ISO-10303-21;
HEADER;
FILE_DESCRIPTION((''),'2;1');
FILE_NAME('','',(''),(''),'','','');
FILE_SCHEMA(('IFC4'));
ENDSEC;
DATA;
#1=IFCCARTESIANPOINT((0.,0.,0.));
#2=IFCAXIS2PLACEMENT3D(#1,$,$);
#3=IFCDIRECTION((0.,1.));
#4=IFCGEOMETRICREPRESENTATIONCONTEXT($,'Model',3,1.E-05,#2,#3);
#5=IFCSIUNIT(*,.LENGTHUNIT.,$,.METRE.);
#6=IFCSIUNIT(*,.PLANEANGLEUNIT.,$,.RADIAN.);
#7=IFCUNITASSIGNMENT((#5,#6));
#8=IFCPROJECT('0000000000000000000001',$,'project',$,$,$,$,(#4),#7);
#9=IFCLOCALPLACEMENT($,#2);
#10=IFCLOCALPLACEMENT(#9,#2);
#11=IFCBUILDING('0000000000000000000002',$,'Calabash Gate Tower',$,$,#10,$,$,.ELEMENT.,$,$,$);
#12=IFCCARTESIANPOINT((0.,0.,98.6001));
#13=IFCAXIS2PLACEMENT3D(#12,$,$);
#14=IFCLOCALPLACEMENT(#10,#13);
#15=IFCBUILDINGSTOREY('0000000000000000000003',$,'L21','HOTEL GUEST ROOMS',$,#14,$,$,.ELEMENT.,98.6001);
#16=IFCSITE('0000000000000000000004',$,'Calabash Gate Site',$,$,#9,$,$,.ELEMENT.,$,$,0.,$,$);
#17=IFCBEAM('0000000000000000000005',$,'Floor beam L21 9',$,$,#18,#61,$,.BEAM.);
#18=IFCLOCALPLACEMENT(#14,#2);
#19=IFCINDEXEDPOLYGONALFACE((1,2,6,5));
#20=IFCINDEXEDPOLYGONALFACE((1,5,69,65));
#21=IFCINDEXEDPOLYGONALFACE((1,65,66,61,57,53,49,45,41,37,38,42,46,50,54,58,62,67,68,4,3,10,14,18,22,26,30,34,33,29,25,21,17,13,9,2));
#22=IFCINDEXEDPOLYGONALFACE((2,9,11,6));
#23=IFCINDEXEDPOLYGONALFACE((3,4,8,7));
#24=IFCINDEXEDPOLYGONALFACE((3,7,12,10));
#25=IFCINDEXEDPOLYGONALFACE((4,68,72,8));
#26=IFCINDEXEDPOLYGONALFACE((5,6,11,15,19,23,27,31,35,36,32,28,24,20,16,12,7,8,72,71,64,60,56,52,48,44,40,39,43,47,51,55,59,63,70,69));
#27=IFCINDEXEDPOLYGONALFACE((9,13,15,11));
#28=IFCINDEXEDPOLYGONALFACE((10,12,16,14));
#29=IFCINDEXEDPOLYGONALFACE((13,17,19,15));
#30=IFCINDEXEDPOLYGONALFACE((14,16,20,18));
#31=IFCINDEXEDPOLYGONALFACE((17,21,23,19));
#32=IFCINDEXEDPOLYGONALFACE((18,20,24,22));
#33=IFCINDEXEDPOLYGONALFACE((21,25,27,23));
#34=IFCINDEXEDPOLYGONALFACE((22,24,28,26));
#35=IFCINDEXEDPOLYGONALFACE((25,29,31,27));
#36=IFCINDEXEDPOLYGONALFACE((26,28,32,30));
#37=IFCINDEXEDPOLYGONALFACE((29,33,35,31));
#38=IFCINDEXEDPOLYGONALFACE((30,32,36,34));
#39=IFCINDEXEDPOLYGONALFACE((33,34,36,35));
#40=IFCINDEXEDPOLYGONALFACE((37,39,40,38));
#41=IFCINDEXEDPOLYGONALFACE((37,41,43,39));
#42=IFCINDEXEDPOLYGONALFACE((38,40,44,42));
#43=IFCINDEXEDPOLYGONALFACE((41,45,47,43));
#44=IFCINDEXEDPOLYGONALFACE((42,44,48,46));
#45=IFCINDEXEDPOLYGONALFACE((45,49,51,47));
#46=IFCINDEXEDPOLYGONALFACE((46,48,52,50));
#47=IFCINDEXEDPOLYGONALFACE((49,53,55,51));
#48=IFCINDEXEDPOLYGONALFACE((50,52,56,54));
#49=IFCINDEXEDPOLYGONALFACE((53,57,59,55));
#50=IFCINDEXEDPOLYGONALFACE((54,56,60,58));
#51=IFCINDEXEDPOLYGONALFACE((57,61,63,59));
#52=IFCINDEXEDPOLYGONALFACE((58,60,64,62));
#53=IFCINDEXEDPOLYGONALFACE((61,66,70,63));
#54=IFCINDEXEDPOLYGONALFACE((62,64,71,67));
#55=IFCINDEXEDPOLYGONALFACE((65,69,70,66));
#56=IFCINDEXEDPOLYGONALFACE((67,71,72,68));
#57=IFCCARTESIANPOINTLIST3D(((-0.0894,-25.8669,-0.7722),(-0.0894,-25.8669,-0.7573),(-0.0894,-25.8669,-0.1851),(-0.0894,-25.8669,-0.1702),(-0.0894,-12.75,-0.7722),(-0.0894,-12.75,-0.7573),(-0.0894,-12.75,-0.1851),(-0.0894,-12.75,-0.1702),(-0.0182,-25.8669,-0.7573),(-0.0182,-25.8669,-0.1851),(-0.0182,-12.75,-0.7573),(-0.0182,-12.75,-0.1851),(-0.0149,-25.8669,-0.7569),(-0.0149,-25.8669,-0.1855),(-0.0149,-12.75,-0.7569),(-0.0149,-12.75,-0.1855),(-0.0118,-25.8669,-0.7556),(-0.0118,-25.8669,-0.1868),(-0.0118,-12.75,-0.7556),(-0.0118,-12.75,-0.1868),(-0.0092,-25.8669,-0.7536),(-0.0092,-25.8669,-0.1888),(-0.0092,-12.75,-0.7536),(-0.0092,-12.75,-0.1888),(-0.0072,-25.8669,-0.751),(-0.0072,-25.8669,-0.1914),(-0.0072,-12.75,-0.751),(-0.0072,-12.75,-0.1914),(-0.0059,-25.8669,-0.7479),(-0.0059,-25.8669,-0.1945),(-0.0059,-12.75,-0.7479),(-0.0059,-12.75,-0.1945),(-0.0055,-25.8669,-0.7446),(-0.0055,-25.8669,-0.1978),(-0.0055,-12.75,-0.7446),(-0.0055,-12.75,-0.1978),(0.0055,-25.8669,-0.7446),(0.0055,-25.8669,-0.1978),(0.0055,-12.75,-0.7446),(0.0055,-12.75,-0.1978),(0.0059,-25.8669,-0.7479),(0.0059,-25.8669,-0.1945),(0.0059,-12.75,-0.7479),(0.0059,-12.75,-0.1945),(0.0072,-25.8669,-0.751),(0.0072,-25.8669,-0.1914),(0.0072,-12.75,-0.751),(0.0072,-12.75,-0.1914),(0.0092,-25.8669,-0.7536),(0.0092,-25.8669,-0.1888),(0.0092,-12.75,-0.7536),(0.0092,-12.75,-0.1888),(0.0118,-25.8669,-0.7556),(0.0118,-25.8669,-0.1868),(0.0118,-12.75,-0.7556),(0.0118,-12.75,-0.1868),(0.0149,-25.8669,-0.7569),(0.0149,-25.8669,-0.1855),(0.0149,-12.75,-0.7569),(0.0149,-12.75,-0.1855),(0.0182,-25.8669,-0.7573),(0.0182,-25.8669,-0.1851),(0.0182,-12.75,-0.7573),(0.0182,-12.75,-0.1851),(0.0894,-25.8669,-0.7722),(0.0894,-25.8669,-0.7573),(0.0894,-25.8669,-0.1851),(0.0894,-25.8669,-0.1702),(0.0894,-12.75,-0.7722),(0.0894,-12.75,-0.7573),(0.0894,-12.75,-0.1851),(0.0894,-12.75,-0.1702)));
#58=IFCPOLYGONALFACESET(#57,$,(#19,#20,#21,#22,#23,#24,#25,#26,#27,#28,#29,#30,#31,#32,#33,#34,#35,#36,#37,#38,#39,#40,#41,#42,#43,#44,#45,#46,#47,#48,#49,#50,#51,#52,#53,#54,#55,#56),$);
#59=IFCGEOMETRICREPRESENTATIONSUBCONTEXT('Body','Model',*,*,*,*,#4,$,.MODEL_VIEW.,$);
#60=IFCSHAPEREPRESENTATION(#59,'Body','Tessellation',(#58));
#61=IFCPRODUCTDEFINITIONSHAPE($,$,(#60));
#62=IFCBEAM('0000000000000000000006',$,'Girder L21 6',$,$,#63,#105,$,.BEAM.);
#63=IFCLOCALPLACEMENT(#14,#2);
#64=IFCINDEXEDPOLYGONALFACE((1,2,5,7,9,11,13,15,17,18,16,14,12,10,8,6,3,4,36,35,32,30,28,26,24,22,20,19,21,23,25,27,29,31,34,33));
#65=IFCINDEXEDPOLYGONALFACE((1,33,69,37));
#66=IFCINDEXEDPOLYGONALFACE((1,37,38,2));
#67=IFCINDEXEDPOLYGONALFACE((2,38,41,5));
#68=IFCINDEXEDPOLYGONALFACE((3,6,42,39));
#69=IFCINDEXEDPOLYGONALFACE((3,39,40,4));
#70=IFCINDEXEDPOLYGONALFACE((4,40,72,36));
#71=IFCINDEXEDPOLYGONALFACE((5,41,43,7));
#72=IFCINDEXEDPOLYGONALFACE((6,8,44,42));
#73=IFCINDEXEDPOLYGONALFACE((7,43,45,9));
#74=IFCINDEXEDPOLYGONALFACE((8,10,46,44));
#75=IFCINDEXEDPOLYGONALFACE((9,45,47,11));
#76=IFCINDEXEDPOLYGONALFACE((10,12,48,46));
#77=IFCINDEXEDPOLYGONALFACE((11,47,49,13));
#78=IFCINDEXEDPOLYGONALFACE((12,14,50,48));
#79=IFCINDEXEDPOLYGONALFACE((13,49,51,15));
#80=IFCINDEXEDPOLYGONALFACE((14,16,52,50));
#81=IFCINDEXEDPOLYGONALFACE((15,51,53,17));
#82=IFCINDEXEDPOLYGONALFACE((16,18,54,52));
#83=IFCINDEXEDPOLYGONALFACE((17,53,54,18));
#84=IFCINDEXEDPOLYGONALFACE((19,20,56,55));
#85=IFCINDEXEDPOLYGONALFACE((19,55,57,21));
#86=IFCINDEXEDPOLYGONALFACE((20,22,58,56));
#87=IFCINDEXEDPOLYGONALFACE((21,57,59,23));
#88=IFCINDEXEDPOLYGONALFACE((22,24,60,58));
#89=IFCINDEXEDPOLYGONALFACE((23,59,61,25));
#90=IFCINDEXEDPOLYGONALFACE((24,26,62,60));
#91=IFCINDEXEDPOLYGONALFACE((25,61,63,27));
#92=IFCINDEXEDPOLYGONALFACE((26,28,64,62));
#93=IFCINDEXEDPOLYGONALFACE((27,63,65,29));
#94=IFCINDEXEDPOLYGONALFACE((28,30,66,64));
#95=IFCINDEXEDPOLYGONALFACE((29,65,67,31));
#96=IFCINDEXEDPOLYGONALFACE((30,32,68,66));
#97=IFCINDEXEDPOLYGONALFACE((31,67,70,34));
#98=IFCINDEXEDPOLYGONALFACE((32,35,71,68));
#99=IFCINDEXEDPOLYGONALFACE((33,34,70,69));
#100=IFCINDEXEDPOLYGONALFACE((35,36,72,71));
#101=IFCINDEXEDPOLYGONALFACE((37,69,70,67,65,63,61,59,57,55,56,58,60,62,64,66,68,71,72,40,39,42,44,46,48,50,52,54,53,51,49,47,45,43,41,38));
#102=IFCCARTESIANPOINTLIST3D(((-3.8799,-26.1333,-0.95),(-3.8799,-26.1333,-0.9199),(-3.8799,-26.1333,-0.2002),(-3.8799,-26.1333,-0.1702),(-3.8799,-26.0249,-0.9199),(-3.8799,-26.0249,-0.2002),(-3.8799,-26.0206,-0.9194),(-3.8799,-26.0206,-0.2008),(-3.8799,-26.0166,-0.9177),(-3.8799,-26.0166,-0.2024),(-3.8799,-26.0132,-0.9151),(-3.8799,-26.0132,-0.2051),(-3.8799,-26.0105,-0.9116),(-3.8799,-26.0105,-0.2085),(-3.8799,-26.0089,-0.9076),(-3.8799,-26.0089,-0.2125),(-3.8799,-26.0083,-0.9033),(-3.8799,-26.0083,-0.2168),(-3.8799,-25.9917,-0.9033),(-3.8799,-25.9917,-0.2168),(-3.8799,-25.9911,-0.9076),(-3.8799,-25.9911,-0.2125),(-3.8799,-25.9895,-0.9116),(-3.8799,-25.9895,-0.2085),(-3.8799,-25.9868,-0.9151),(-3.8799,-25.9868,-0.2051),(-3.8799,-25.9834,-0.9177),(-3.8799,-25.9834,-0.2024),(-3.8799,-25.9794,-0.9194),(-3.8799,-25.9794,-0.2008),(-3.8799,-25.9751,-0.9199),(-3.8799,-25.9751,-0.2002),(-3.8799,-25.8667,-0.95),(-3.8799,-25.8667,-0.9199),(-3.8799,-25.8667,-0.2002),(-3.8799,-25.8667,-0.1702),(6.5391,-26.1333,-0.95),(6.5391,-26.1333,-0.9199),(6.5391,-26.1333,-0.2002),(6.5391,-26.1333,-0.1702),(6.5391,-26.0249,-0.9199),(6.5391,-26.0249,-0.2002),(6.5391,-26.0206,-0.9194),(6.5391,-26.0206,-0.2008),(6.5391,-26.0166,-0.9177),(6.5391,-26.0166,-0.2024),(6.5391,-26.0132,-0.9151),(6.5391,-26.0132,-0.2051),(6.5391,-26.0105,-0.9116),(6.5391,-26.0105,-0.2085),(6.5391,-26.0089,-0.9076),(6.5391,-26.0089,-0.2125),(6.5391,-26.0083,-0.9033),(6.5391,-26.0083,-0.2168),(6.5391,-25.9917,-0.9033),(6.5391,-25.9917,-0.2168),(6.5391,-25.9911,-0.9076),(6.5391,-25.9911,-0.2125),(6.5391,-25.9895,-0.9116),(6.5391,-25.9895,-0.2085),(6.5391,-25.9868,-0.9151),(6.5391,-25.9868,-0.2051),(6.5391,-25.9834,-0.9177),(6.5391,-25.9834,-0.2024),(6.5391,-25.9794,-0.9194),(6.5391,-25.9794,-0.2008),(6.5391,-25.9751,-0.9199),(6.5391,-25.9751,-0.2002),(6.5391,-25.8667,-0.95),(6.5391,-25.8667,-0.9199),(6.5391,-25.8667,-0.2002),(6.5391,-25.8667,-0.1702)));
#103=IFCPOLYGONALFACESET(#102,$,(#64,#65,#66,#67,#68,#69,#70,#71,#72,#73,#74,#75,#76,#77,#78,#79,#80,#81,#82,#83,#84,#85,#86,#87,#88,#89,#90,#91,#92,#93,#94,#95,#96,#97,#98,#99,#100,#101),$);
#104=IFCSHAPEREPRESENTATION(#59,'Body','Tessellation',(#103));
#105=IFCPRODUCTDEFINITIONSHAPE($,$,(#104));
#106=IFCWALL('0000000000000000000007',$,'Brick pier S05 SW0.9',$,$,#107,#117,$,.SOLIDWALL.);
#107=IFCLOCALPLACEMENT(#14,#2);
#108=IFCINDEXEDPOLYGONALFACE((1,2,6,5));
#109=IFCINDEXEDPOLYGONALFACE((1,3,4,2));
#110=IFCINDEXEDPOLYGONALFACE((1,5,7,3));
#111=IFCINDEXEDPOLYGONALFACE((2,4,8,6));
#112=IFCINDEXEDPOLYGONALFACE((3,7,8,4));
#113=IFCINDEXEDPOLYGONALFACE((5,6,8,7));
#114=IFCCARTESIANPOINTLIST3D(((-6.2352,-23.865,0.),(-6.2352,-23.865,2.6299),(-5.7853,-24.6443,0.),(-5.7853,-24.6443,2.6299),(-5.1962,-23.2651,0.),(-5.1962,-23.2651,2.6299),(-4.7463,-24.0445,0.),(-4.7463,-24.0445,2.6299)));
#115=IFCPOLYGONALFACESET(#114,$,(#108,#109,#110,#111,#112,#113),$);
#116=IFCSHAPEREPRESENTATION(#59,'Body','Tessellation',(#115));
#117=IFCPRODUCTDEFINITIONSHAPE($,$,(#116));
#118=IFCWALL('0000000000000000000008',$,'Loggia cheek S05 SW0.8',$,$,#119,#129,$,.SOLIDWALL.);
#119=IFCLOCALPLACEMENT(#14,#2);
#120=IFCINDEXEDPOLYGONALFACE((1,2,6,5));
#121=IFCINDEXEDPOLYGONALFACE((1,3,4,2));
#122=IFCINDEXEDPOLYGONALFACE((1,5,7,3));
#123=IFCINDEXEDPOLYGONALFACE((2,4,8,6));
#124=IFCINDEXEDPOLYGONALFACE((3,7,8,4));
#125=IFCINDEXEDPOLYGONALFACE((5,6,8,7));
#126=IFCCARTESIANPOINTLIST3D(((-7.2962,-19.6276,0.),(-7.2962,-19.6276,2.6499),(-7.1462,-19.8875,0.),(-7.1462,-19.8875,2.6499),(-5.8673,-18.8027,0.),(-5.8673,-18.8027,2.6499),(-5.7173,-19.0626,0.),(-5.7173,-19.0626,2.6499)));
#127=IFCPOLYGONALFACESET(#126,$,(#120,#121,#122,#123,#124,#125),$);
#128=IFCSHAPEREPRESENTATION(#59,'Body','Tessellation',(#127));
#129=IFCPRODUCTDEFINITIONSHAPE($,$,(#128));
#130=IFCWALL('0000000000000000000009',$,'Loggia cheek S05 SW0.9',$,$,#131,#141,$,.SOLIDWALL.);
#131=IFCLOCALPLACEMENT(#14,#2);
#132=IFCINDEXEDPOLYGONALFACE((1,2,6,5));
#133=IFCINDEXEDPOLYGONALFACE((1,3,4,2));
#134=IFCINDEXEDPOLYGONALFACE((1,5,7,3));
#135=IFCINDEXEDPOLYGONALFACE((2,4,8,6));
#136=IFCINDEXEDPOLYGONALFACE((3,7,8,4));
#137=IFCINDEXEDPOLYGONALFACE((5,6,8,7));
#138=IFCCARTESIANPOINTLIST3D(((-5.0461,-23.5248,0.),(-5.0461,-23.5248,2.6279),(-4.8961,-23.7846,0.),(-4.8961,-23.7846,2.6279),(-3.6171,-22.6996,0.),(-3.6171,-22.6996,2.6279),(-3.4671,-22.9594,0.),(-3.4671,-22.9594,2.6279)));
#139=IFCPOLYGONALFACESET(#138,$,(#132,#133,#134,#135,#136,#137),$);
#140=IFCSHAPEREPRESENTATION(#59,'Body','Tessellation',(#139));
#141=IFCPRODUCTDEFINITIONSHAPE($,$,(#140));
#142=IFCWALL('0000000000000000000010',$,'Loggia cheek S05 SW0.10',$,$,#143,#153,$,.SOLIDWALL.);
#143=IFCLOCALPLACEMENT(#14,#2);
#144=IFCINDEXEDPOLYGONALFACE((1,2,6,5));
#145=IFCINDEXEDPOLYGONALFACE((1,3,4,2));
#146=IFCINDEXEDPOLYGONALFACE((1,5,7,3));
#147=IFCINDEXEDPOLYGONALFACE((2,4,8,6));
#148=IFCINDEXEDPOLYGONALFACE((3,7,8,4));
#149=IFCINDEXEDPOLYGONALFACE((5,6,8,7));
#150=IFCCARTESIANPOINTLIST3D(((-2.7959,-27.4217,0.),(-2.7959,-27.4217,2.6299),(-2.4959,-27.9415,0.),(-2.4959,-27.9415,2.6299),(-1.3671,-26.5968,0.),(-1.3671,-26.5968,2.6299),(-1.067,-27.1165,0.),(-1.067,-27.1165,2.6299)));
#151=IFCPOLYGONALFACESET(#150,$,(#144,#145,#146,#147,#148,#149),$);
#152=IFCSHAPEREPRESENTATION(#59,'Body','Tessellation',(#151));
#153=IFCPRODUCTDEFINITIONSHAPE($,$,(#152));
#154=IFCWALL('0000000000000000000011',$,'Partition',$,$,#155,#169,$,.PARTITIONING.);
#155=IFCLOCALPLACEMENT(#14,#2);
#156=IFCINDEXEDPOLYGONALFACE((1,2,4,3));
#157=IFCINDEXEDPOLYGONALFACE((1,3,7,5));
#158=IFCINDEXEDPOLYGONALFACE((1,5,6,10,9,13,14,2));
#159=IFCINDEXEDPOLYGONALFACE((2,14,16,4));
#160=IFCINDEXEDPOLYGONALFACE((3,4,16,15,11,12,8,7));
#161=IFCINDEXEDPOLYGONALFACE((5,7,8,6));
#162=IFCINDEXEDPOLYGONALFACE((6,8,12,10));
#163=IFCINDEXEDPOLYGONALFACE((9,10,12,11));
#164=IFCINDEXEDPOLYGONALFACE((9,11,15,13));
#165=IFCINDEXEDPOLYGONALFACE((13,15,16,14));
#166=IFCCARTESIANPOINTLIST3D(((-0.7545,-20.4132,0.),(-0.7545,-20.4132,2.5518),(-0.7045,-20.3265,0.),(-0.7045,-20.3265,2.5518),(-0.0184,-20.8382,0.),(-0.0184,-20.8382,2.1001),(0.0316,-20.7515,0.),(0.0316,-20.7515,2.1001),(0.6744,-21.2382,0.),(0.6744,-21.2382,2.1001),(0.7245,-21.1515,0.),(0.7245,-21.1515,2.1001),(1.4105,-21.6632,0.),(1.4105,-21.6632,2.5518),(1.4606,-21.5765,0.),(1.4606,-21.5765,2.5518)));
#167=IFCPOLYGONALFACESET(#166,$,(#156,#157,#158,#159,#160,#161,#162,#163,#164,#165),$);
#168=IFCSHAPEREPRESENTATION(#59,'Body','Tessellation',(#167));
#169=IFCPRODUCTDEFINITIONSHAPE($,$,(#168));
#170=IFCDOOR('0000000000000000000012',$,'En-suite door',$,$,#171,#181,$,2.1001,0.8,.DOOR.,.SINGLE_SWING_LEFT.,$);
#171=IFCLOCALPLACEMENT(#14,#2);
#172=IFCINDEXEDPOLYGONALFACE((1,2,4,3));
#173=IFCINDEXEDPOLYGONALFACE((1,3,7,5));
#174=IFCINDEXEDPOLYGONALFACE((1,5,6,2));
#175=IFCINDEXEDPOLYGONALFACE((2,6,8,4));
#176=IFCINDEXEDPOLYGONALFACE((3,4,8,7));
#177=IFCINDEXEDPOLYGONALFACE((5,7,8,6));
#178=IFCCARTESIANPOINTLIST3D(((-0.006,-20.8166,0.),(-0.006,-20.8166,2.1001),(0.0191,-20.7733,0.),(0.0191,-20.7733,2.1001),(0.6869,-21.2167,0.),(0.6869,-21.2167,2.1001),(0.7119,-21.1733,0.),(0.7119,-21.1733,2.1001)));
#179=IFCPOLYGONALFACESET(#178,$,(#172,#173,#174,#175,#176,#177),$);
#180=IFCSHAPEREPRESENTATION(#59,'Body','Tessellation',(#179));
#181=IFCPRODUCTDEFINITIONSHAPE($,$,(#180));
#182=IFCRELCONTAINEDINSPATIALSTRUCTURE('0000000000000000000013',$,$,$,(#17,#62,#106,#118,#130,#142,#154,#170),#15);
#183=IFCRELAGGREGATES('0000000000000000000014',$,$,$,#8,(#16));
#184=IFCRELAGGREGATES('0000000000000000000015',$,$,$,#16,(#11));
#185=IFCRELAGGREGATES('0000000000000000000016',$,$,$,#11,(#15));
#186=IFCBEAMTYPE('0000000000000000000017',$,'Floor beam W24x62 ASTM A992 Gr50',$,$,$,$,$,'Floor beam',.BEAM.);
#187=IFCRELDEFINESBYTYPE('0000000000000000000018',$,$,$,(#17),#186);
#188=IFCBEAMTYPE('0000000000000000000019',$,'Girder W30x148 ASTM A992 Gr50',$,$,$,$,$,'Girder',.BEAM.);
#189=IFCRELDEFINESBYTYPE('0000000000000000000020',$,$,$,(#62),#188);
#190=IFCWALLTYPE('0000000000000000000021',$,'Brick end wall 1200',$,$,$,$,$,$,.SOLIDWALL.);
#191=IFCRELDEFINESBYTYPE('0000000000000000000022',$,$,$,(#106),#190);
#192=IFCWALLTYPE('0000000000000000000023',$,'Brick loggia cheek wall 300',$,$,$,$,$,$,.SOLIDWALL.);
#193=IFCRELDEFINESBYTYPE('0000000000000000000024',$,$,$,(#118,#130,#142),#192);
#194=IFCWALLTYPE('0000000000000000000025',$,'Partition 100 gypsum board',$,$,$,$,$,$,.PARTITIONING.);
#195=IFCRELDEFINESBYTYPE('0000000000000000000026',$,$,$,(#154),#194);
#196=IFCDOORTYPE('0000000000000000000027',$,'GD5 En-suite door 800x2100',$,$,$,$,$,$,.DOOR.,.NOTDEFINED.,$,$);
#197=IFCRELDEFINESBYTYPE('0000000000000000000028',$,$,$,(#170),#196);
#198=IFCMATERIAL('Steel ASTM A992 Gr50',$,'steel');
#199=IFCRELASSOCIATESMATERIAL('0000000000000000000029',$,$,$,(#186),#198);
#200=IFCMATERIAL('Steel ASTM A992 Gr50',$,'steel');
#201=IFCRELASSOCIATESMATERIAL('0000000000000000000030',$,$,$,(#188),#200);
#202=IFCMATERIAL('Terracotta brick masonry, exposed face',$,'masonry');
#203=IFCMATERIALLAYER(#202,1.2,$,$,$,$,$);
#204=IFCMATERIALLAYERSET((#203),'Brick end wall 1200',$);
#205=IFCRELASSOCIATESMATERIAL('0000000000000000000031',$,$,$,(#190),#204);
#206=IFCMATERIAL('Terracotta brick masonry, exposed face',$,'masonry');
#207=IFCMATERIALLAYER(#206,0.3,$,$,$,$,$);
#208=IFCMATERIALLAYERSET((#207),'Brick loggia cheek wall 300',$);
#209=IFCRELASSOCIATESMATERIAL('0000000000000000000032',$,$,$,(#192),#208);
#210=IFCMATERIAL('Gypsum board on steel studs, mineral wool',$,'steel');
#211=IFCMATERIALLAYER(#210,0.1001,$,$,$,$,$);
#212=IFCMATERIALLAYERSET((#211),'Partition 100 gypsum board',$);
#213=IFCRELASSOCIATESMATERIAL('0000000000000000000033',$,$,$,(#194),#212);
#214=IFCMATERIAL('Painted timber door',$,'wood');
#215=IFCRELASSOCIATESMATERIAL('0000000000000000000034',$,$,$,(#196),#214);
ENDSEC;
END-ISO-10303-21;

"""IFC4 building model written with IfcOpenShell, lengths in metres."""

from ifc_helpers import new_model, si_unit, direction, frame, frame_2d, origin, origin_2d, place, context, subcontext, project, spatial, rectangle, i_section, extrude, material, layer, layer_set, material_profile, profile_set, type_object, element, fill, save


model = new_model("IFC4")

# Units and contexts
model_context = context("Model", 3, precision=1e-05, world=origin(), true_north=direction((0.0, 1.0)))
body_context = subcontext(model_context, "Body", "Model", "MODEL_VIEW")
ifc_project = project(units=[si_unit("LENGTHUNIT", "METRE"), si_unit("PLANEANGLEUNIT", "RADIAN")], contexts=[model_context])

# Site, building, storey
site_placement = place(None, origin())
site = spatial("IfcSite", under=ifc_project, at=site_placement, Name="Calabash Gate Site", CompositionType="ELEMENT", RefElevation=0.0)
building_placement = place(site_placement, origin())
building = spatial("IfcBuilding", under=site, at=building_placement, Name="Calabash Gate Tower", CompositionType="ELEMENT")
storey_placement = place(building_placement, frame((0.0, 0.0, 98.6001)))
storey = spatial("IfcBuildingStorey", under=building, at=storey_placement, Name="L21", Description="HOTEL GUEST ROOMS", CompositionType="ELEMENT", Elevation=98.6001)

# Beams
ifc_material_1 = material(Name="Steel ASTM A992 Gr50", Category="steel")
ifc_material_profile_1 = material_profile(ifc_material_1, i_section(OverallWidth=0.1787, OverallDepth=0.6021, WebThickness=0.011, FlangeThickness=0.0149, FilletRadius=0.0127, at=origin_2d()))
ifc_profile_set_1 = profile_set([ifc_material_profile_1], Name="Steel ASTM A992 Gr50")
beam_type_1 = type_object("IfcBeamType", Name="Floor beam W24x62 ASTM A992 Gr50", ElementType="Floor beam", PredefinedType="BEAM", material=ifc_profile_set_1)
beam_1_placement = place(storey_placement, frame((0.0, -25.8669, -0.4712), z_axis=(0.0, 1.0, 0.0), x_axis=(-1.0, 0.0, 0.0)))
element("IfcBeam", 1, at=beam_1_placement, inside=storey, type_object=beam_type_1, Name="Floor beam L21 9", PredefinedType="BEAM", context=body_context, shape_type="SweptSolid", body=[
    extrude(i_section(OverallWidth=0.1787, OverallDepth=0.6021, WebThickness=0.011, FlangeThickness=0.0149, FilletRadius=0.0127, at=origin_2d()), origin(), (0.0, 0.0, 1.0), 13.1169),
])
ifc_material_2 = material(Name="Steel ASTM A992 Gr50", Category="steel")
ifc_material_profile_2 = material_profile(ifc_material_2, i_section(OverallWidth=0.2666, OverallDepth=0.7798, WebThickness=0.0166, FlangeThickness=0.03, FilletRadius=0.0166, at=origin_2d()))
ifc_profile_set_2 = profile_set([ifc_material_profile_2], Name="Steel ASTM A992 Gr50")
beam_type_2 = type_object("IfcBeamType", Name="Girder W30x148 ASTM A992 Gr50", ElementType="Girder", PredefinedType="BEAM", material=ifc_profile_set_2)
beam_2_placement = place(storey_placement, frame((-3.8799, -26.0, -0.5601), z_axis=(1.0, 0.0, 0.0), x_axis=(0.0, 1.0, 0.0)))
element("IfcBeam", 2, at=beam_2_placement, inside=storey, type_object=beam_type_2, Name="Girder L21 6", PredefinedType="BEAM", context=body_context, shape_type="SweptSolid", body=[
    extrude(i_section(OverallWidth=0.2666, OverallDepth=0.7798, WebThickness=0.0166, FlangeThickness=0.03, FilletRadius=0.0166, at=origin_2d()), origin(), (0.0, 0.0, 1.0), 10.4189),
])

# Walls
ifc_material_3 = material(Name="Terracotta brick masonry, exposed face", Category="masonry")
ifc_layer_1 = layer(ifc_material_3, 1.2)
ifc_layer_set_1 = layer_set([ifc_layer_1], Name="Brick end wall 1200")
wall_type_1 = type_object("IfcWallType", Name="Brick end wall 1200", PredefinedType="SOLIDWALL", material=ifc_layer_set_1)
wall_1_placement = place(storey_placement, frame((-6.0103, -24.2546, 0.0), z_axis=(0.0, 0.0, 1.0), x_axis=(0.866043, 0.499969, 0.0)))
element("IfcWall", 3, at=wall_1_placement, inside=storey, type_object=wall_type_1, Name="Brick pier S05 SW0.9", PredefinedType="SOLIDWALL", context=body_context, shape_type="SweptSolid", body=[
    extrude(rectangle(XDim=1.1997, YDim=0.8999, at=frame_2d((0.5999, 0.0))), origin(), (0.0, 0.0, 1.0), 2.6299),
])
ifc_material_4 = material(Name="Terracotta brick masonry, exposed face", Category="masonry")
ifc_layer_2 = layer(ifc_material_4, 0.3)
ifc_layer_set_2 = layer_set([ifc_layer_2], Name="Brick loggia cheek wall 300")
wall_type_2 = type_object("IfcWallType", Name="Brick loggia cheek wall 300", PredefinedType="SOLIDWALL", material=ifc_layer_set_2)
wall_2_placement = place(storey_placement, frame((-7.2212, -19.7576, 0.0), z_axis=(0.0, 0.0, 1.0), x_axis=(0.86604, 0.499974, 0.0)))
element("IfcWall", 4, at=wall_2_placement, inside=storey, type_object=wall_type_2, Name="Loggia cheek S05 SW0.8", PredefinedType="SOLIDWALL", context=body_context, shape_type="SweptSolid", body=[
    extrude(rectangle(XDim=1.6499, YDim=0.3, at=frame_2d((0.825, 0.0))), origin(), (0.0, 0.0, 1.0), 2.6499),
])
wall_3_placement = place(storey_placement, frame((-4.9712, -23.6548, 0.0), z_axis=(0.0, 0.0, 1.0), x_axis=(0.865976, 0.500085, 0.0)))
element("IfcWall", 5, at=wall_3_placement, inside=storey, type_object=wall_type_2, Name="Loggia cheek S05 SW0.9", PredefinedType="SOLIDWALL", context=body_context, shape_type="SweptSolid", body=[
    extrude(rectangle(XDim=1.6501, YDim=0.3, at=frame_2d((0.8252, 0.0))), origin(), (0.0, 0.0, 1.0), 2.6279),
])
wall_4_placement = place(storey_placement, frame((-1.217, -26.8567, 0.0), z_axis=(0.0, 0.0, 1.0), x_axis=(-0.86604, -0.499974, 0.0)))
element("IfcWall", 6, at=wall_4_placement, inside=storey, type_object=wall_type_2, Name="Loggia cheek S05 SW0.10", PredefinedType="SOLIDWALL", context=body_context, shape_type="SweptSolid", body=[
    extrude(rectangle(XDim=1.6499, YDim=0.6001, at=frame_2d((0.825, 0.0))), origin(), (0.0, 0.0, 1.0), 2.6299),
])

# Wall, opening, door
ifc_material_5 = material(Name="Gypsum board on steel studs, mineral wool", Category="steel")
ifc_layer_3 = layer(ifc_material_5, 0.1001)
ifc_layer_set_3 = layer_set([ifc_layer_3], Name="Partition 100 gypsum board")
wall_type_3 = type_object("IfcWallType", Name="Partition 100 gypsum board", PredefinedType="PARTITIONING", material=ifc_layer_set_3)
wall_5_placement = place(storey_placement, frame((-0.7295, -20.3699, 0.0), z_axis=(0.0, 0.0, 1.0), x_axis=(0.866023, -0.500004, 0.0)))
wall_5 = element("IfcWall", 7, at=wall_5_placement, inside=storey, type_object=wall_type_3, Name="Partition", PredefinedType="PARTITIONING", context=body_context, shape_type="SweptSolid", body=[
    extrude(rectangle(XDim=2.5, YDim=0.1001, at=frame_2d((1.25, 0.0))), origin(), (0.0, 0.0, 1.0), 2.5518),
])
opening_1_placement = place(wall_5_placement, frame((0.8501, 0.0, 0.0)))
opening_1 = element("IfcOpeningElement", 8, at=opening_1_placement, cuts=wall_5, PredefinedType="OPENING", context=body_context, shape_type="SweptSolid", body=[
    extrude(rectangle(XDim=0.8, YDim=2.1001, at=frame_2d((0.3999, 1.05))), frame((0.0, 0.0601, 0.0), z_axis=(0.0, -1.0, 0.0), x_axis=(1.0, 0.0, 0.0)), (0.0, 0.0, 1.0), 0.1201),
])
ifc_material_6 = material(Name="Painted timber door", Category="wood")
door_type_1 = type_object("IfcDoorType", Name="GD5 En-suite door 800x2100", OperationType="NOTDEFINED", PredefinedType="DOOR", material=ifc_material_6)
door_1_placement = place(opening_1_placement, origin())
door_1 = element("IfcDoor", 9, at=door_1_placement, inside=storey, type_object=door_type_1, Name="En-suite door", OperationType="SINGLE_SWING_LEFT", OverallHeight=2.1001, OverallWidth=0.8, PredefinedType="DOOR", context=body_context, shape_type="SweptSolid", body=[
    extrude(rectangle(XDim=0.8, YDim=2.1001, at=frame_2d((0.3999, 1.05))), frame((0.0, 0.0249, 0.0), z_axis=(0.0, -1.0, 0.0), x_axis=(1.0, 0.0, 0.0)), (0.0, 0.0, 1.0), 0.05),
])
fill(opening_1, door_1)

save(model, "model.ifc")
